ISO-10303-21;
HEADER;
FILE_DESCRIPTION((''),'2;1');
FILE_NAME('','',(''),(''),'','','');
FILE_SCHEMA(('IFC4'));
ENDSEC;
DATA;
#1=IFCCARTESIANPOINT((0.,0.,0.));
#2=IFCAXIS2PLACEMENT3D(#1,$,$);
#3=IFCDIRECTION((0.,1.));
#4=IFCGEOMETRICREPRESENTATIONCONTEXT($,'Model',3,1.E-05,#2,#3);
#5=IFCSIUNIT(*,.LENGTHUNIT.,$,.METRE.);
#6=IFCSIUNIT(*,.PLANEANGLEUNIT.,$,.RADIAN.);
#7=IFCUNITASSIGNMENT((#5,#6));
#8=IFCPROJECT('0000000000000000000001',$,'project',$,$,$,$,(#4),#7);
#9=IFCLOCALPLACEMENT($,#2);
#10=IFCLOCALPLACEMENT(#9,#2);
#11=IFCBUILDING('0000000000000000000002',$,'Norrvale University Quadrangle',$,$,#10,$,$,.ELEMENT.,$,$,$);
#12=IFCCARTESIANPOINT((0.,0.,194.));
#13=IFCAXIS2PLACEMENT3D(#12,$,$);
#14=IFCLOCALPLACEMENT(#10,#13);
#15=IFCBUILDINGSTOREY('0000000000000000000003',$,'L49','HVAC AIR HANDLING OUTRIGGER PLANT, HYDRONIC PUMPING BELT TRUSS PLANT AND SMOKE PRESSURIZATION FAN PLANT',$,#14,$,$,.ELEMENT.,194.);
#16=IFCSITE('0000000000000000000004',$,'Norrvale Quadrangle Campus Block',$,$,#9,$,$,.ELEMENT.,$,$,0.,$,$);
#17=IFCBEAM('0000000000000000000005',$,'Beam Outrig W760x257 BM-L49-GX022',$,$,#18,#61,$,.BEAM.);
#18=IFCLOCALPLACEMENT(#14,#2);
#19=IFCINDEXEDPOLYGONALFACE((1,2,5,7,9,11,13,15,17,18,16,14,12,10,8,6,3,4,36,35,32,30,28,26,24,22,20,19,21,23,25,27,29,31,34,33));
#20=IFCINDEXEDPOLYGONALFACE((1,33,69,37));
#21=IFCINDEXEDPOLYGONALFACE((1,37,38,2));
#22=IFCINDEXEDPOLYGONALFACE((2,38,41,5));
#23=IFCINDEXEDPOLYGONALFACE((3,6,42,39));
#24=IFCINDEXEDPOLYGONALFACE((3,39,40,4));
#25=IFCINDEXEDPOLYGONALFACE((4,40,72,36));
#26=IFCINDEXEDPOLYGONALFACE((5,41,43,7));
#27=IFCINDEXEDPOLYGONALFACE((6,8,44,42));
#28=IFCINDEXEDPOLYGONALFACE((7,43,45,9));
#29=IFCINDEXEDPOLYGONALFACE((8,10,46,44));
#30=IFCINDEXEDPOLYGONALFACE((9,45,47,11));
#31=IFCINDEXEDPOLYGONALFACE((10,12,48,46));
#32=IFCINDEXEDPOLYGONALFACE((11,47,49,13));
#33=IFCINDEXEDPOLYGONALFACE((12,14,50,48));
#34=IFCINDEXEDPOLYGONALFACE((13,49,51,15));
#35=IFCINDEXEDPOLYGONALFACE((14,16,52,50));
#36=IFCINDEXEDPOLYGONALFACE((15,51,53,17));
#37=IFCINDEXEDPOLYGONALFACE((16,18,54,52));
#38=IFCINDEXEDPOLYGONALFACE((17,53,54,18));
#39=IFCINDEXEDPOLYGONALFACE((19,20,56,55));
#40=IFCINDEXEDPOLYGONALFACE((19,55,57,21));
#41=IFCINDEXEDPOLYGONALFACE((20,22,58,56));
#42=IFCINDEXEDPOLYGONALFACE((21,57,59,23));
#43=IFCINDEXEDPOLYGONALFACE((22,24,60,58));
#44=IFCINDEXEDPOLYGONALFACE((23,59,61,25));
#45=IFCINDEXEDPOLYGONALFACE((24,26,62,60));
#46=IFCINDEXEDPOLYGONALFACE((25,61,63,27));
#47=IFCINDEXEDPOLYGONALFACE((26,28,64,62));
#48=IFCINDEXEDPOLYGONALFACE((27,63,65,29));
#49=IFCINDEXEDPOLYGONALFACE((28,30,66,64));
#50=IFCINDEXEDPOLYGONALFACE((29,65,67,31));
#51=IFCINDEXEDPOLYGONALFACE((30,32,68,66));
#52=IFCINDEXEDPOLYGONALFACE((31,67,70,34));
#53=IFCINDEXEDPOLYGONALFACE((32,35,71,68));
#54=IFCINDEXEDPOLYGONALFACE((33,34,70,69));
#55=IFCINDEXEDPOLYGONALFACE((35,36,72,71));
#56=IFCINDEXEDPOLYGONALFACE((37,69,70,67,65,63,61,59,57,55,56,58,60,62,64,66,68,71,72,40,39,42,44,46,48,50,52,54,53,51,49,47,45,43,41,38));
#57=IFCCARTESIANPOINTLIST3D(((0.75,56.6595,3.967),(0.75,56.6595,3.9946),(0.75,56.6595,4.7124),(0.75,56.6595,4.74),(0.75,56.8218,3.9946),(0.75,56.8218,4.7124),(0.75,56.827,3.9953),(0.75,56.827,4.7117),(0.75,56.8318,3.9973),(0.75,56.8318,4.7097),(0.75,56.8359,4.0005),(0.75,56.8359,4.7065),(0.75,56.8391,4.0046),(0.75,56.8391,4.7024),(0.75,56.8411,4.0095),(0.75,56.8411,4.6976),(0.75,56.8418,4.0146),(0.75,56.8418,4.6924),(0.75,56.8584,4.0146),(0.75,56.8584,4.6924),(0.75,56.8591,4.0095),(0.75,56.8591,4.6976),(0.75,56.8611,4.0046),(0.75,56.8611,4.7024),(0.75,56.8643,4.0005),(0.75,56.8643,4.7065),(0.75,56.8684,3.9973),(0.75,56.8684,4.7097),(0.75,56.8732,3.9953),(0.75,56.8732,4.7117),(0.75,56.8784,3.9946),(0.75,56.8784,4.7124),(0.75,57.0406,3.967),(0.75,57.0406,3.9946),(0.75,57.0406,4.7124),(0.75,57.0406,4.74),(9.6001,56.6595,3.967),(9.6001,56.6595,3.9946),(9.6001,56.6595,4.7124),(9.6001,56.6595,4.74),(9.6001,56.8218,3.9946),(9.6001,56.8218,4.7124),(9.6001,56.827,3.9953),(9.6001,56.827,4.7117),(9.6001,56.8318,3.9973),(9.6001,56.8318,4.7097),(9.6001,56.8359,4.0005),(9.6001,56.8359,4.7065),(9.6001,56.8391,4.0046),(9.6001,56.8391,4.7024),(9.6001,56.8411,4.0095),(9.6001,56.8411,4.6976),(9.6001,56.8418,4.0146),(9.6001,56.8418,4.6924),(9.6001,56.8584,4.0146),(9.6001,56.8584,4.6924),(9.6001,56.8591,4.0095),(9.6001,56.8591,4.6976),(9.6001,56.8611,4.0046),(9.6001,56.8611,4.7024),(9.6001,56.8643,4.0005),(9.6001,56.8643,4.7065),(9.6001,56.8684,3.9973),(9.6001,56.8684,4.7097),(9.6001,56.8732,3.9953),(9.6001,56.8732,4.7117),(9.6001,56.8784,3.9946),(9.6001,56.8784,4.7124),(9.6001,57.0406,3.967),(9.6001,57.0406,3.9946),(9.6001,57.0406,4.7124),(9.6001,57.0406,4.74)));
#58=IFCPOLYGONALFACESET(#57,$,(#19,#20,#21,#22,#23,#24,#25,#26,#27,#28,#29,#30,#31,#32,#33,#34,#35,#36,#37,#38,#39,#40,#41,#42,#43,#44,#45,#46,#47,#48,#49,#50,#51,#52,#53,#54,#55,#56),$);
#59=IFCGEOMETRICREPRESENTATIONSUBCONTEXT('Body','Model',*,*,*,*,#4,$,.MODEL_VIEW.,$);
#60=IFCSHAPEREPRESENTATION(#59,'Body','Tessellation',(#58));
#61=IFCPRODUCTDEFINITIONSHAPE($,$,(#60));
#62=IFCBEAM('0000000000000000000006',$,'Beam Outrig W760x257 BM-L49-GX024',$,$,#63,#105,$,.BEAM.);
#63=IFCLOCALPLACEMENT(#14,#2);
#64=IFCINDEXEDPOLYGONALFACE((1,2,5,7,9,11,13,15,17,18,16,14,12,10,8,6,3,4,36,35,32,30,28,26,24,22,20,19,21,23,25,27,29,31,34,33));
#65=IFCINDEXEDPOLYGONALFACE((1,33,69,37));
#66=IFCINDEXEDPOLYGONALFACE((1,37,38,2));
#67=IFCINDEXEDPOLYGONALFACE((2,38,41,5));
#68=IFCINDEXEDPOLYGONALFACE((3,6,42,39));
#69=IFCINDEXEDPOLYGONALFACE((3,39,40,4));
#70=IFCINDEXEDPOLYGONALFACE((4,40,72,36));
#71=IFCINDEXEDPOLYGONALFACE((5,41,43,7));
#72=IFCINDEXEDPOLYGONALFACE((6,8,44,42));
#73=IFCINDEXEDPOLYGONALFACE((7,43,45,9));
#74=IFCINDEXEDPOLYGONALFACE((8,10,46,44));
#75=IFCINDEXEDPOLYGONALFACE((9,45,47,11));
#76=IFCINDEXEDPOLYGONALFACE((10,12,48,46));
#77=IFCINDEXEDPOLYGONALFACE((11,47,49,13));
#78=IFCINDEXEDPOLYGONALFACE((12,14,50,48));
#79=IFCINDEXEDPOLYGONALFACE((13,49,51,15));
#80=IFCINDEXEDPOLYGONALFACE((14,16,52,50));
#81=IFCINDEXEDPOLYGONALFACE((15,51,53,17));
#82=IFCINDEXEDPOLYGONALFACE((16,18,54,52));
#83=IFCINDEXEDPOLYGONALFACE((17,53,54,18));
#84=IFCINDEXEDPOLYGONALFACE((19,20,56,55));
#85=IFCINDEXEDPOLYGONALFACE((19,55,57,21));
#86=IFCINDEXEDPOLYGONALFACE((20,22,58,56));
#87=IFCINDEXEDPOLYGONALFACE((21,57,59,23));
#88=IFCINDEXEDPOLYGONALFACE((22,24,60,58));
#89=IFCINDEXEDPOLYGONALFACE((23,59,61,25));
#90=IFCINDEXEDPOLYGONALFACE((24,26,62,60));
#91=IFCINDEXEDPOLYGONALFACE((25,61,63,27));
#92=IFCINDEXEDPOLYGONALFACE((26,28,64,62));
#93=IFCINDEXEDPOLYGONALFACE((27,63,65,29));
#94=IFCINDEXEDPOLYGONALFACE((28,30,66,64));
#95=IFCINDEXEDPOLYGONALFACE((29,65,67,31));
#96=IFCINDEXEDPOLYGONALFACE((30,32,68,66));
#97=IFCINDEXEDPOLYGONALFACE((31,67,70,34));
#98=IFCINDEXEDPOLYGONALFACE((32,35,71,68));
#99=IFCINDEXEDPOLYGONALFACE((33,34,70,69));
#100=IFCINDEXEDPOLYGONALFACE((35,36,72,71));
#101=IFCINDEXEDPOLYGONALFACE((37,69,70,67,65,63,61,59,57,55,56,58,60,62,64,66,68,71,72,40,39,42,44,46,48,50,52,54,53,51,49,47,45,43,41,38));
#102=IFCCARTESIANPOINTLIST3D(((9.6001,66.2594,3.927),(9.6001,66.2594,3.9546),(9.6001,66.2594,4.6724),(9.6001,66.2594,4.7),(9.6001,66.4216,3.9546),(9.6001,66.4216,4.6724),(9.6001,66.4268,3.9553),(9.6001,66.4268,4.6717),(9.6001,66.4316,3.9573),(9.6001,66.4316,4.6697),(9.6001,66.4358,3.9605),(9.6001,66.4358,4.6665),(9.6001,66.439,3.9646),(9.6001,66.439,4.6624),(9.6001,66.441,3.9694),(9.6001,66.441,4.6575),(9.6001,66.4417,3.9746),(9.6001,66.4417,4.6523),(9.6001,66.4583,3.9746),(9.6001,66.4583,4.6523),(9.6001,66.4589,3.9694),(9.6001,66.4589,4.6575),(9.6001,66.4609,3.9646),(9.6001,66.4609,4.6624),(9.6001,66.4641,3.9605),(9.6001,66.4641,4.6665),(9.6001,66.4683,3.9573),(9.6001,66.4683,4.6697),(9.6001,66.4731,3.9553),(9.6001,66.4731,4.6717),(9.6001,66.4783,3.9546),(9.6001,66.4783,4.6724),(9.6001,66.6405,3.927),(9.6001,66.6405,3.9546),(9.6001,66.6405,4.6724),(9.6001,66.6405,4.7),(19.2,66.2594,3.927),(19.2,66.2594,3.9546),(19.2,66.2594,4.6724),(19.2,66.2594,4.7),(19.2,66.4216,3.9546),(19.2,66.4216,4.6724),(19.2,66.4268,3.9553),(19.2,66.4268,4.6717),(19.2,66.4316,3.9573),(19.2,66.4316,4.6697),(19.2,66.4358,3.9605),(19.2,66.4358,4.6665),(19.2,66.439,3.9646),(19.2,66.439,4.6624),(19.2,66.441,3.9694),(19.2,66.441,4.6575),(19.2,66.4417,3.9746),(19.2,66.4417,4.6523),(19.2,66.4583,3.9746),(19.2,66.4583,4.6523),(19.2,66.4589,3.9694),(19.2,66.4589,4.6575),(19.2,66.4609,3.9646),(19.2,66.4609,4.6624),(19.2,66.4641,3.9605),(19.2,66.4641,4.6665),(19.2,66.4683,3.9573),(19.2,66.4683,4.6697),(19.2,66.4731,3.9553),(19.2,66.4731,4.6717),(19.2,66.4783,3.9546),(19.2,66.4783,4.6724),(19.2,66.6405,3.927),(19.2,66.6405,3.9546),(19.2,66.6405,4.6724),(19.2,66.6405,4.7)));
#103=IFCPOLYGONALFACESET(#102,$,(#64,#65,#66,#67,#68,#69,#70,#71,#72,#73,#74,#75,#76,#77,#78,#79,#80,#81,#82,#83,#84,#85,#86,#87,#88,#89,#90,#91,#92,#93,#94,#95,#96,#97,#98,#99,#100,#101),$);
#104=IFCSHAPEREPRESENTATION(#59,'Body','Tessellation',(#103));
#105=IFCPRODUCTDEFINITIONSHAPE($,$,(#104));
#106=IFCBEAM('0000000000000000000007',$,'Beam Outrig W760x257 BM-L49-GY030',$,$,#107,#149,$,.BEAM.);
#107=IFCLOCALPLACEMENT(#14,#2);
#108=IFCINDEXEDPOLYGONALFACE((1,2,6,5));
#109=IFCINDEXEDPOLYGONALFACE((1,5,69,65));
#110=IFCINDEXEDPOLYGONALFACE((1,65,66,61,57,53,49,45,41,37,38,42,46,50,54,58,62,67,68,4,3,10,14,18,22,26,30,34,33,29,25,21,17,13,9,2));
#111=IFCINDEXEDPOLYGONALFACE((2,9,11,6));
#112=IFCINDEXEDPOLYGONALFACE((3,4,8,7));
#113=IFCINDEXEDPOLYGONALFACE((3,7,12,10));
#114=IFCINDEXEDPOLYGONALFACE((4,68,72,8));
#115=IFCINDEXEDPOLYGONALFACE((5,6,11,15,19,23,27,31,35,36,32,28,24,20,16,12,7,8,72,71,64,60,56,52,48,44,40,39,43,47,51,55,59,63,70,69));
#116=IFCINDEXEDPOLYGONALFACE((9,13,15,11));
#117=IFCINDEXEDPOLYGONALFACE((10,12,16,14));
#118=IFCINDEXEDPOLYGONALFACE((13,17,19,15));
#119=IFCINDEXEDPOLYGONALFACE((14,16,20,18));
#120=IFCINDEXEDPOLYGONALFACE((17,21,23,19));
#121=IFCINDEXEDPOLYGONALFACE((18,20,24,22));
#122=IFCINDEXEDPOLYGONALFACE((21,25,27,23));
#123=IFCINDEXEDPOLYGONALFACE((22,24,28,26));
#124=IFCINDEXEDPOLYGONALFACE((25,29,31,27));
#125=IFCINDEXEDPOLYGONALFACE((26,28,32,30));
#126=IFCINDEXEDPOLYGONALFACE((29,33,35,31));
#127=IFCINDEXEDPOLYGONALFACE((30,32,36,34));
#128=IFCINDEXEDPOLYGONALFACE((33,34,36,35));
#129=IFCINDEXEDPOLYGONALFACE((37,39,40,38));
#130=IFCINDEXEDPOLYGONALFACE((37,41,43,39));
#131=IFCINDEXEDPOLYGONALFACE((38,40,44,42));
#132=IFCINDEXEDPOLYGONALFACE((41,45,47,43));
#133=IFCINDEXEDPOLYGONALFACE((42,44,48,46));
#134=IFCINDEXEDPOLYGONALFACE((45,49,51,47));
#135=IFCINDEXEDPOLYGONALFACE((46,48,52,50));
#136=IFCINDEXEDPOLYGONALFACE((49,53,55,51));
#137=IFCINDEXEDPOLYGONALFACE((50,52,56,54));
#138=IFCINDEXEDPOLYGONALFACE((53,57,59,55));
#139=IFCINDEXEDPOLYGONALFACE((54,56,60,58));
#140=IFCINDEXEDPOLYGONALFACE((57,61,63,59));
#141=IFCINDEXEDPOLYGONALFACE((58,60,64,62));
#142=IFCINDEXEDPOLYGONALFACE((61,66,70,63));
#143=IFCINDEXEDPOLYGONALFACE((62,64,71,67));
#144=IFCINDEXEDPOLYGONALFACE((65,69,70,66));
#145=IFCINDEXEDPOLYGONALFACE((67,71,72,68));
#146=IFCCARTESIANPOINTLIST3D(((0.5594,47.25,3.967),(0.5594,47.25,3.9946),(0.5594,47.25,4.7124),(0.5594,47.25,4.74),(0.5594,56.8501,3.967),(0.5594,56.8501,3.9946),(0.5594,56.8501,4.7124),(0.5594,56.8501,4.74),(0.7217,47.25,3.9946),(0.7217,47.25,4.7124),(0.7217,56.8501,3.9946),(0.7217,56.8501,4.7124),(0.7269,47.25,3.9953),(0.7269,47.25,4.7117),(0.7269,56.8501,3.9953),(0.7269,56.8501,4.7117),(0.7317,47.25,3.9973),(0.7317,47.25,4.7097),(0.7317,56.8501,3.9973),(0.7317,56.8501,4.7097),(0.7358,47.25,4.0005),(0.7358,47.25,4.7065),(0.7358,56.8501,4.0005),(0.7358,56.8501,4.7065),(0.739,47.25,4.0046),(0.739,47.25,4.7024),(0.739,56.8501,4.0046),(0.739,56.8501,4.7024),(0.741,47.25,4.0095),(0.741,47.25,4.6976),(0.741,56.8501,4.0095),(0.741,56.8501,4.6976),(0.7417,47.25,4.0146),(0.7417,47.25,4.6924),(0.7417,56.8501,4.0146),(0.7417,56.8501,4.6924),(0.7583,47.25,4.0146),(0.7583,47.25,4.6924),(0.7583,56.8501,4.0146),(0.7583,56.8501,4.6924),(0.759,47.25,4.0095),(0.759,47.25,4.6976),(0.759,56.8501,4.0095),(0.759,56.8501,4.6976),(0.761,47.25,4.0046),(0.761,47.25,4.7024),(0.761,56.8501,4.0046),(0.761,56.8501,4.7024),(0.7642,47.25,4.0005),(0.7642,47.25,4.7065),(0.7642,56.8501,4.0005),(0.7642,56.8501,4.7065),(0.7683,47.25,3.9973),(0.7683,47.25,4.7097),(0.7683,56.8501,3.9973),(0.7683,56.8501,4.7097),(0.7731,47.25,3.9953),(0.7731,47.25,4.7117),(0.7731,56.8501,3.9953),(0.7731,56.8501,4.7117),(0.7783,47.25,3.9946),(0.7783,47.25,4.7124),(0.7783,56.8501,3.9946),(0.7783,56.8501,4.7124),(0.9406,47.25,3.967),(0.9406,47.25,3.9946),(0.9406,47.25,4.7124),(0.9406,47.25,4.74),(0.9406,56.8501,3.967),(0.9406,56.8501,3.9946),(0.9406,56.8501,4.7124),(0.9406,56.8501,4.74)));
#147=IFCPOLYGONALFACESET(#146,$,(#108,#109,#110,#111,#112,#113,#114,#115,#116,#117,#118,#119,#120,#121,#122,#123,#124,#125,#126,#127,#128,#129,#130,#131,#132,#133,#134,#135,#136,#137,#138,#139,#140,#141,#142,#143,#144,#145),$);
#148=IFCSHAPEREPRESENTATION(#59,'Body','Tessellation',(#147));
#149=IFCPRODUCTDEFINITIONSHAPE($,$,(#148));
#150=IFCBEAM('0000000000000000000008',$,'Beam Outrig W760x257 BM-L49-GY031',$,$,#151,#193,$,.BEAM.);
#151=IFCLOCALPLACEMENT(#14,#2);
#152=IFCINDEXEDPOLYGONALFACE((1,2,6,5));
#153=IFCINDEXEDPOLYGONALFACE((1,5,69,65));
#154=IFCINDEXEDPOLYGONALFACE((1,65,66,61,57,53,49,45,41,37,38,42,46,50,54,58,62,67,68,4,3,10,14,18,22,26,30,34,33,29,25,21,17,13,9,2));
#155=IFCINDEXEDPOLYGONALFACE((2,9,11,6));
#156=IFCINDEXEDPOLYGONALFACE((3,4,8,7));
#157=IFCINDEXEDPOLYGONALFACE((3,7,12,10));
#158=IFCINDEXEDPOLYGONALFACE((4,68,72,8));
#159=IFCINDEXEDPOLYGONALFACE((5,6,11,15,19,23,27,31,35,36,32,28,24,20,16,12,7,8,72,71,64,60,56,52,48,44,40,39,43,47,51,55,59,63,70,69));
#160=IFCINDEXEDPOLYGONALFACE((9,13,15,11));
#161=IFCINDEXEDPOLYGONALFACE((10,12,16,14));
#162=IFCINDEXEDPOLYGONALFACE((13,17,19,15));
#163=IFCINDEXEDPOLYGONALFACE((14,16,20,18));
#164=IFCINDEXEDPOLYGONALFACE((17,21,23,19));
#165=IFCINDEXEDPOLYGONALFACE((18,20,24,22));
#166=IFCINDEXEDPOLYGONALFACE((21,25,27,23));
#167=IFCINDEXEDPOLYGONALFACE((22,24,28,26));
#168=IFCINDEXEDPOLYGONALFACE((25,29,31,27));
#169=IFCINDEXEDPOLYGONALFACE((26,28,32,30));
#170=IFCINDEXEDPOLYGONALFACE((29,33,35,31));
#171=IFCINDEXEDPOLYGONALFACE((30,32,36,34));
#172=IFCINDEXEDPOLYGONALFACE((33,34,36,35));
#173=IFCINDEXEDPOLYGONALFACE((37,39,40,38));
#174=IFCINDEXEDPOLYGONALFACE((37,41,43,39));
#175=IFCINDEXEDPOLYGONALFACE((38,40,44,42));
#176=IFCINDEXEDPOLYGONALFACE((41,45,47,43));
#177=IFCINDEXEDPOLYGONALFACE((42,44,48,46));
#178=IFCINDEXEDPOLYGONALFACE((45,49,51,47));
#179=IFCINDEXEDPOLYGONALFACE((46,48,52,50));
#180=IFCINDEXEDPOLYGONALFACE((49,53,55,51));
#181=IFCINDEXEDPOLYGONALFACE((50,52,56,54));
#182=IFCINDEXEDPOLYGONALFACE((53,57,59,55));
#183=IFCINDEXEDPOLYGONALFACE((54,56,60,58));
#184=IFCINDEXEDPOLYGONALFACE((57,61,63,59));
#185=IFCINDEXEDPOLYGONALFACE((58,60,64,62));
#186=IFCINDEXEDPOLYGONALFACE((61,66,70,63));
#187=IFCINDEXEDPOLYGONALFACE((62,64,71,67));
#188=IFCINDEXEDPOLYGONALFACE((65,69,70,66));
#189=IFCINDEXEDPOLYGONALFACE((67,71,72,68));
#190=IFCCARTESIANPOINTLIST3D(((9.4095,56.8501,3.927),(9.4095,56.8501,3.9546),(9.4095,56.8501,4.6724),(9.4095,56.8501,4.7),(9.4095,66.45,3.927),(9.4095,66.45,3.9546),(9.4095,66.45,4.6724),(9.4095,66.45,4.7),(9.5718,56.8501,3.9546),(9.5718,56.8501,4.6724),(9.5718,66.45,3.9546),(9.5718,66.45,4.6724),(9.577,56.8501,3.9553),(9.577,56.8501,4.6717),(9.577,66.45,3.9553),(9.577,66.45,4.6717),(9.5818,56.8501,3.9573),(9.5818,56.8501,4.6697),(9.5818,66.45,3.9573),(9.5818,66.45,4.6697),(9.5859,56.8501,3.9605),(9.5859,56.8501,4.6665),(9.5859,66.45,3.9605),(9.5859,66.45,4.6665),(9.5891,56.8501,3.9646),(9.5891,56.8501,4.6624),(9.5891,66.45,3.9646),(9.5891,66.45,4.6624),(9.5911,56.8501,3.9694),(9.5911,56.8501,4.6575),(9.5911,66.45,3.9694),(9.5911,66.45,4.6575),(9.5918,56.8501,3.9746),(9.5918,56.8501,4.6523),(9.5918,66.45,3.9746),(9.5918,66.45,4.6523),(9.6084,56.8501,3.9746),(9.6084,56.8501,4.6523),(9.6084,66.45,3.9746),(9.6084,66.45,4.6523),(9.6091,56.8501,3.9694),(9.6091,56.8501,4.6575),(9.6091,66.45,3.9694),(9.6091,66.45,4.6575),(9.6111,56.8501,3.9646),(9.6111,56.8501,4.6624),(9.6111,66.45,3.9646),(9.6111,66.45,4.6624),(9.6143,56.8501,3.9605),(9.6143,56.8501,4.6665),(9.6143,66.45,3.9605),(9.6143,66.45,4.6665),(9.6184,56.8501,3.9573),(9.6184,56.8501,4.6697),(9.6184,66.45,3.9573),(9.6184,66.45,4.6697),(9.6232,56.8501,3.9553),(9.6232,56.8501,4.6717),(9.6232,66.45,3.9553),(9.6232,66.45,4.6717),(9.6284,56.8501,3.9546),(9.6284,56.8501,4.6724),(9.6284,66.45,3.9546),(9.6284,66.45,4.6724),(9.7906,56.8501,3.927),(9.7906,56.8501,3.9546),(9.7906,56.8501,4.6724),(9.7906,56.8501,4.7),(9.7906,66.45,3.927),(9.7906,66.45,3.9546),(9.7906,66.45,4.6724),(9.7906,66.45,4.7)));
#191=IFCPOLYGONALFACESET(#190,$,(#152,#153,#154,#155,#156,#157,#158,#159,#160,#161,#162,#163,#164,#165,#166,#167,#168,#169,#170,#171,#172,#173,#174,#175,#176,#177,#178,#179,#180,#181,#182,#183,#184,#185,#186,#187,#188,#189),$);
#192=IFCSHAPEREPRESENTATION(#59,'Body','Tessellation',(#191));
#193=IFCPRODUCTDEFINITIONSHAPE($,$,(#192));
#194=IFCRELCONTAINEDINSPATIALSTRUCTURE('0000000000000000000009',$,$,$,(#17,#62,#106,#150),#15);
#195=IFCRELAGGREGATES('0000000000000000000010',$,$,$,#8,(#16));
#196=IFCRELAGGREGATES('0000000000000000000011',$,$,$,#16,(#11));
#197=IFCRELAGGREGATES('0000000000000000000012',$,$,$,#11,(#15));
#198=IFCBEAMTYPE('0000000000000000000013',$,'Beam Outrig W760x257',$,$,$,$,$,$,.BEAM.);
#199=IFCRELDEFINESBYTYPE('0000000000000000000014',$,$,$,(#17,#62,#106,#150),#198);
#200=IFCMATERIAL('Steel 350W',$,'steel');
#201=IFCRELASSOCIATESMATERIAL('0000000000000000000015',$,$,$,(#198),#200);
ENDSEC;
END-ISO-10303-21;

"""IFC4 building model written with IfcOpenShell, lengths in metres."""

from ifc_helpers import new_model, si_unit, direction, frame, origin, origin_2d, place, context, subcontext, project, spatial, i_section, extrude, material, material_profile, profile_set, type_object, element, save


model = new_model("IFC4")

# Units and contexts
model_context = context("Model", 3, precision=1e-05, world=origin(), true_north=direction((0.0, 1.0)))
body_context = subcontext(model_context, "Body", "Model", "MODEL_VIEW")
ifc_project = project(units=[si_unit("LENGTHUNIT", "METRE"), si_unit("PLANEANGLEUNIT", "RADIAN")], contexts=[model_context])

# Site, building, storey
site_placement = place(None, origin())
site = spatial("IfcSite", under=ifc_project, at=site_placement, Name="Norrvale Quadrangle Campus Block", CompositionType="ELEMENT", RefElevation=0.0)
building_placement = place(site_placement, origin())
building = spatial("IfcBuilding", under=site, at=building_placement, Name="Norrvale University Quadrangle", CompositionType="ELEMENT")
storey_placement = place(building_placement, frame((0.0, 0.0, 194.0)))
storey = spatial("IfcBuildingStorey", under=building, at=storey_placement, Name="L49", Description="HVAC AIR HANDLING OUTRIGGER PLANT, HYDRONIC PUMPING BELT TRUSS PLANT AND SMOKE PRESSURIZATION FAN PLANT", CompositionType="ELEMENT", Elevation=194.0)

# Beams
ifc_material_1 = material(Name="Steel 350W", Category="steel")
ifc_material_profile_1 = material_profile(ifc_material_1, i_section(OverallWidth=0.3811, OverallDepth=0.7729, WebThickness=0.0166, FlangeThickness=0.0276, FilletRadius=0.02, at=origin_2d()), Name="Steel 350W")
ifc_profile_set_1 = profile_set([ifc_material_profile_1], Name="Steel 350W")
beam_type_1 = type_object("IfcBeamType", Name="Beam Outrig W760x257", PredefinedType="BEAM", material=ifc_profile_set_1)
beam_1_placement = place(storey_placement, frame((0.75, 56.8501, 4.3535), z_axis=(1.0, 0.0, 0.0), x_axis=(0.0, 1.0, 0.0)))
element("IfcBeam", 1, at=beam_1_placement, inside=storey, type_object=beam_type_1, Name="Beam Outrig W760x257 BM-L49-GX022", PredefinedType="BEAM", context=body_context, shape_type="SweptSolid", body=[
    extrude(i_section(OverallWidth=0.3811, OverallDepth=0.7729, WebThickness=0.0166, FlangeThickness=0.0276, FilletRadius=0.02, at=origin_2d()), origin(), (0.0, 0.0, 1.0), 8.8501),
])
beam_2_placement = place(storey_placement, frame((9.6001, 66.45, 4.3135), z_axis=(1.0, 0.0, 0.0), x_axis=(0.0, 1.0, 0.0)))
element("IfcBeam", 2, at=beam_2_placement, inside=storey, type_object=beam_type_1, Name="Beam Outrig W760x257 BM-L49-GX024", PredefinedType="BEAM", context=body_context, shape_type="SweptSolid", body=[
    extrude(i_section(OverallWidth=0.3811, OverallDepth=0.7729, WebThickness=0.0166, FlangeThickness=0.0276, FilletRadius=0.02, at=origin_2d()), origin(), (0.0, 0.0, 1.0), 9.5999),
])
beam_3_placement = place(storey_placement, frame((0.75, 47.25, 4.3535), z_axis=(0.0, 1.0, 0.0), x_axis=(-1.0, 0.0, 0.0)))
element("IfcBeam", 3, at=beam_3_placement, inside=storey, type_object=beam_type_1, Name="Beam Outrig W760x257 BM-L49-GY030", PredefinedType="BEAM", context=body_context, shape_type="SweptSolid", body=[
    extrude(i_section(OverallWidth=0.3811, OverallDepth=0.7729, WebThickness=0.0166, FlangeThickness=0.0276, FilletRadius=0.02, at=origin_2d()), origin(), (0.0, 0.0, 1.0), 9.6001),
])
beam_4_placement = place(storey_placement, frame((9.6001, 56.8501, 4.3135), z_axis=(0.0, 1.0, 0.0), x_axis=(-1.0, 0.0, 0.0)))
element("IfcBeam", 4, at=beam_4_placement, inside=storey, type_object=beam_type_1, Name="Beam Outrig W760x257 BM-L49-GY031", PredefinedType="BEAM", context=body_context, shape_type="SweptSolid", body=[
    extrude(i_section(OverallWidth=0.3811, OverallDepth=0.7729, WebThickness=0.0166, FlangeThickness=0.0276, FilletRadius=0.02, at=origin_2d()), origin(), (0.0, 0.0, 1.0), 9.5999),
])

save(model, "model.ifc")
